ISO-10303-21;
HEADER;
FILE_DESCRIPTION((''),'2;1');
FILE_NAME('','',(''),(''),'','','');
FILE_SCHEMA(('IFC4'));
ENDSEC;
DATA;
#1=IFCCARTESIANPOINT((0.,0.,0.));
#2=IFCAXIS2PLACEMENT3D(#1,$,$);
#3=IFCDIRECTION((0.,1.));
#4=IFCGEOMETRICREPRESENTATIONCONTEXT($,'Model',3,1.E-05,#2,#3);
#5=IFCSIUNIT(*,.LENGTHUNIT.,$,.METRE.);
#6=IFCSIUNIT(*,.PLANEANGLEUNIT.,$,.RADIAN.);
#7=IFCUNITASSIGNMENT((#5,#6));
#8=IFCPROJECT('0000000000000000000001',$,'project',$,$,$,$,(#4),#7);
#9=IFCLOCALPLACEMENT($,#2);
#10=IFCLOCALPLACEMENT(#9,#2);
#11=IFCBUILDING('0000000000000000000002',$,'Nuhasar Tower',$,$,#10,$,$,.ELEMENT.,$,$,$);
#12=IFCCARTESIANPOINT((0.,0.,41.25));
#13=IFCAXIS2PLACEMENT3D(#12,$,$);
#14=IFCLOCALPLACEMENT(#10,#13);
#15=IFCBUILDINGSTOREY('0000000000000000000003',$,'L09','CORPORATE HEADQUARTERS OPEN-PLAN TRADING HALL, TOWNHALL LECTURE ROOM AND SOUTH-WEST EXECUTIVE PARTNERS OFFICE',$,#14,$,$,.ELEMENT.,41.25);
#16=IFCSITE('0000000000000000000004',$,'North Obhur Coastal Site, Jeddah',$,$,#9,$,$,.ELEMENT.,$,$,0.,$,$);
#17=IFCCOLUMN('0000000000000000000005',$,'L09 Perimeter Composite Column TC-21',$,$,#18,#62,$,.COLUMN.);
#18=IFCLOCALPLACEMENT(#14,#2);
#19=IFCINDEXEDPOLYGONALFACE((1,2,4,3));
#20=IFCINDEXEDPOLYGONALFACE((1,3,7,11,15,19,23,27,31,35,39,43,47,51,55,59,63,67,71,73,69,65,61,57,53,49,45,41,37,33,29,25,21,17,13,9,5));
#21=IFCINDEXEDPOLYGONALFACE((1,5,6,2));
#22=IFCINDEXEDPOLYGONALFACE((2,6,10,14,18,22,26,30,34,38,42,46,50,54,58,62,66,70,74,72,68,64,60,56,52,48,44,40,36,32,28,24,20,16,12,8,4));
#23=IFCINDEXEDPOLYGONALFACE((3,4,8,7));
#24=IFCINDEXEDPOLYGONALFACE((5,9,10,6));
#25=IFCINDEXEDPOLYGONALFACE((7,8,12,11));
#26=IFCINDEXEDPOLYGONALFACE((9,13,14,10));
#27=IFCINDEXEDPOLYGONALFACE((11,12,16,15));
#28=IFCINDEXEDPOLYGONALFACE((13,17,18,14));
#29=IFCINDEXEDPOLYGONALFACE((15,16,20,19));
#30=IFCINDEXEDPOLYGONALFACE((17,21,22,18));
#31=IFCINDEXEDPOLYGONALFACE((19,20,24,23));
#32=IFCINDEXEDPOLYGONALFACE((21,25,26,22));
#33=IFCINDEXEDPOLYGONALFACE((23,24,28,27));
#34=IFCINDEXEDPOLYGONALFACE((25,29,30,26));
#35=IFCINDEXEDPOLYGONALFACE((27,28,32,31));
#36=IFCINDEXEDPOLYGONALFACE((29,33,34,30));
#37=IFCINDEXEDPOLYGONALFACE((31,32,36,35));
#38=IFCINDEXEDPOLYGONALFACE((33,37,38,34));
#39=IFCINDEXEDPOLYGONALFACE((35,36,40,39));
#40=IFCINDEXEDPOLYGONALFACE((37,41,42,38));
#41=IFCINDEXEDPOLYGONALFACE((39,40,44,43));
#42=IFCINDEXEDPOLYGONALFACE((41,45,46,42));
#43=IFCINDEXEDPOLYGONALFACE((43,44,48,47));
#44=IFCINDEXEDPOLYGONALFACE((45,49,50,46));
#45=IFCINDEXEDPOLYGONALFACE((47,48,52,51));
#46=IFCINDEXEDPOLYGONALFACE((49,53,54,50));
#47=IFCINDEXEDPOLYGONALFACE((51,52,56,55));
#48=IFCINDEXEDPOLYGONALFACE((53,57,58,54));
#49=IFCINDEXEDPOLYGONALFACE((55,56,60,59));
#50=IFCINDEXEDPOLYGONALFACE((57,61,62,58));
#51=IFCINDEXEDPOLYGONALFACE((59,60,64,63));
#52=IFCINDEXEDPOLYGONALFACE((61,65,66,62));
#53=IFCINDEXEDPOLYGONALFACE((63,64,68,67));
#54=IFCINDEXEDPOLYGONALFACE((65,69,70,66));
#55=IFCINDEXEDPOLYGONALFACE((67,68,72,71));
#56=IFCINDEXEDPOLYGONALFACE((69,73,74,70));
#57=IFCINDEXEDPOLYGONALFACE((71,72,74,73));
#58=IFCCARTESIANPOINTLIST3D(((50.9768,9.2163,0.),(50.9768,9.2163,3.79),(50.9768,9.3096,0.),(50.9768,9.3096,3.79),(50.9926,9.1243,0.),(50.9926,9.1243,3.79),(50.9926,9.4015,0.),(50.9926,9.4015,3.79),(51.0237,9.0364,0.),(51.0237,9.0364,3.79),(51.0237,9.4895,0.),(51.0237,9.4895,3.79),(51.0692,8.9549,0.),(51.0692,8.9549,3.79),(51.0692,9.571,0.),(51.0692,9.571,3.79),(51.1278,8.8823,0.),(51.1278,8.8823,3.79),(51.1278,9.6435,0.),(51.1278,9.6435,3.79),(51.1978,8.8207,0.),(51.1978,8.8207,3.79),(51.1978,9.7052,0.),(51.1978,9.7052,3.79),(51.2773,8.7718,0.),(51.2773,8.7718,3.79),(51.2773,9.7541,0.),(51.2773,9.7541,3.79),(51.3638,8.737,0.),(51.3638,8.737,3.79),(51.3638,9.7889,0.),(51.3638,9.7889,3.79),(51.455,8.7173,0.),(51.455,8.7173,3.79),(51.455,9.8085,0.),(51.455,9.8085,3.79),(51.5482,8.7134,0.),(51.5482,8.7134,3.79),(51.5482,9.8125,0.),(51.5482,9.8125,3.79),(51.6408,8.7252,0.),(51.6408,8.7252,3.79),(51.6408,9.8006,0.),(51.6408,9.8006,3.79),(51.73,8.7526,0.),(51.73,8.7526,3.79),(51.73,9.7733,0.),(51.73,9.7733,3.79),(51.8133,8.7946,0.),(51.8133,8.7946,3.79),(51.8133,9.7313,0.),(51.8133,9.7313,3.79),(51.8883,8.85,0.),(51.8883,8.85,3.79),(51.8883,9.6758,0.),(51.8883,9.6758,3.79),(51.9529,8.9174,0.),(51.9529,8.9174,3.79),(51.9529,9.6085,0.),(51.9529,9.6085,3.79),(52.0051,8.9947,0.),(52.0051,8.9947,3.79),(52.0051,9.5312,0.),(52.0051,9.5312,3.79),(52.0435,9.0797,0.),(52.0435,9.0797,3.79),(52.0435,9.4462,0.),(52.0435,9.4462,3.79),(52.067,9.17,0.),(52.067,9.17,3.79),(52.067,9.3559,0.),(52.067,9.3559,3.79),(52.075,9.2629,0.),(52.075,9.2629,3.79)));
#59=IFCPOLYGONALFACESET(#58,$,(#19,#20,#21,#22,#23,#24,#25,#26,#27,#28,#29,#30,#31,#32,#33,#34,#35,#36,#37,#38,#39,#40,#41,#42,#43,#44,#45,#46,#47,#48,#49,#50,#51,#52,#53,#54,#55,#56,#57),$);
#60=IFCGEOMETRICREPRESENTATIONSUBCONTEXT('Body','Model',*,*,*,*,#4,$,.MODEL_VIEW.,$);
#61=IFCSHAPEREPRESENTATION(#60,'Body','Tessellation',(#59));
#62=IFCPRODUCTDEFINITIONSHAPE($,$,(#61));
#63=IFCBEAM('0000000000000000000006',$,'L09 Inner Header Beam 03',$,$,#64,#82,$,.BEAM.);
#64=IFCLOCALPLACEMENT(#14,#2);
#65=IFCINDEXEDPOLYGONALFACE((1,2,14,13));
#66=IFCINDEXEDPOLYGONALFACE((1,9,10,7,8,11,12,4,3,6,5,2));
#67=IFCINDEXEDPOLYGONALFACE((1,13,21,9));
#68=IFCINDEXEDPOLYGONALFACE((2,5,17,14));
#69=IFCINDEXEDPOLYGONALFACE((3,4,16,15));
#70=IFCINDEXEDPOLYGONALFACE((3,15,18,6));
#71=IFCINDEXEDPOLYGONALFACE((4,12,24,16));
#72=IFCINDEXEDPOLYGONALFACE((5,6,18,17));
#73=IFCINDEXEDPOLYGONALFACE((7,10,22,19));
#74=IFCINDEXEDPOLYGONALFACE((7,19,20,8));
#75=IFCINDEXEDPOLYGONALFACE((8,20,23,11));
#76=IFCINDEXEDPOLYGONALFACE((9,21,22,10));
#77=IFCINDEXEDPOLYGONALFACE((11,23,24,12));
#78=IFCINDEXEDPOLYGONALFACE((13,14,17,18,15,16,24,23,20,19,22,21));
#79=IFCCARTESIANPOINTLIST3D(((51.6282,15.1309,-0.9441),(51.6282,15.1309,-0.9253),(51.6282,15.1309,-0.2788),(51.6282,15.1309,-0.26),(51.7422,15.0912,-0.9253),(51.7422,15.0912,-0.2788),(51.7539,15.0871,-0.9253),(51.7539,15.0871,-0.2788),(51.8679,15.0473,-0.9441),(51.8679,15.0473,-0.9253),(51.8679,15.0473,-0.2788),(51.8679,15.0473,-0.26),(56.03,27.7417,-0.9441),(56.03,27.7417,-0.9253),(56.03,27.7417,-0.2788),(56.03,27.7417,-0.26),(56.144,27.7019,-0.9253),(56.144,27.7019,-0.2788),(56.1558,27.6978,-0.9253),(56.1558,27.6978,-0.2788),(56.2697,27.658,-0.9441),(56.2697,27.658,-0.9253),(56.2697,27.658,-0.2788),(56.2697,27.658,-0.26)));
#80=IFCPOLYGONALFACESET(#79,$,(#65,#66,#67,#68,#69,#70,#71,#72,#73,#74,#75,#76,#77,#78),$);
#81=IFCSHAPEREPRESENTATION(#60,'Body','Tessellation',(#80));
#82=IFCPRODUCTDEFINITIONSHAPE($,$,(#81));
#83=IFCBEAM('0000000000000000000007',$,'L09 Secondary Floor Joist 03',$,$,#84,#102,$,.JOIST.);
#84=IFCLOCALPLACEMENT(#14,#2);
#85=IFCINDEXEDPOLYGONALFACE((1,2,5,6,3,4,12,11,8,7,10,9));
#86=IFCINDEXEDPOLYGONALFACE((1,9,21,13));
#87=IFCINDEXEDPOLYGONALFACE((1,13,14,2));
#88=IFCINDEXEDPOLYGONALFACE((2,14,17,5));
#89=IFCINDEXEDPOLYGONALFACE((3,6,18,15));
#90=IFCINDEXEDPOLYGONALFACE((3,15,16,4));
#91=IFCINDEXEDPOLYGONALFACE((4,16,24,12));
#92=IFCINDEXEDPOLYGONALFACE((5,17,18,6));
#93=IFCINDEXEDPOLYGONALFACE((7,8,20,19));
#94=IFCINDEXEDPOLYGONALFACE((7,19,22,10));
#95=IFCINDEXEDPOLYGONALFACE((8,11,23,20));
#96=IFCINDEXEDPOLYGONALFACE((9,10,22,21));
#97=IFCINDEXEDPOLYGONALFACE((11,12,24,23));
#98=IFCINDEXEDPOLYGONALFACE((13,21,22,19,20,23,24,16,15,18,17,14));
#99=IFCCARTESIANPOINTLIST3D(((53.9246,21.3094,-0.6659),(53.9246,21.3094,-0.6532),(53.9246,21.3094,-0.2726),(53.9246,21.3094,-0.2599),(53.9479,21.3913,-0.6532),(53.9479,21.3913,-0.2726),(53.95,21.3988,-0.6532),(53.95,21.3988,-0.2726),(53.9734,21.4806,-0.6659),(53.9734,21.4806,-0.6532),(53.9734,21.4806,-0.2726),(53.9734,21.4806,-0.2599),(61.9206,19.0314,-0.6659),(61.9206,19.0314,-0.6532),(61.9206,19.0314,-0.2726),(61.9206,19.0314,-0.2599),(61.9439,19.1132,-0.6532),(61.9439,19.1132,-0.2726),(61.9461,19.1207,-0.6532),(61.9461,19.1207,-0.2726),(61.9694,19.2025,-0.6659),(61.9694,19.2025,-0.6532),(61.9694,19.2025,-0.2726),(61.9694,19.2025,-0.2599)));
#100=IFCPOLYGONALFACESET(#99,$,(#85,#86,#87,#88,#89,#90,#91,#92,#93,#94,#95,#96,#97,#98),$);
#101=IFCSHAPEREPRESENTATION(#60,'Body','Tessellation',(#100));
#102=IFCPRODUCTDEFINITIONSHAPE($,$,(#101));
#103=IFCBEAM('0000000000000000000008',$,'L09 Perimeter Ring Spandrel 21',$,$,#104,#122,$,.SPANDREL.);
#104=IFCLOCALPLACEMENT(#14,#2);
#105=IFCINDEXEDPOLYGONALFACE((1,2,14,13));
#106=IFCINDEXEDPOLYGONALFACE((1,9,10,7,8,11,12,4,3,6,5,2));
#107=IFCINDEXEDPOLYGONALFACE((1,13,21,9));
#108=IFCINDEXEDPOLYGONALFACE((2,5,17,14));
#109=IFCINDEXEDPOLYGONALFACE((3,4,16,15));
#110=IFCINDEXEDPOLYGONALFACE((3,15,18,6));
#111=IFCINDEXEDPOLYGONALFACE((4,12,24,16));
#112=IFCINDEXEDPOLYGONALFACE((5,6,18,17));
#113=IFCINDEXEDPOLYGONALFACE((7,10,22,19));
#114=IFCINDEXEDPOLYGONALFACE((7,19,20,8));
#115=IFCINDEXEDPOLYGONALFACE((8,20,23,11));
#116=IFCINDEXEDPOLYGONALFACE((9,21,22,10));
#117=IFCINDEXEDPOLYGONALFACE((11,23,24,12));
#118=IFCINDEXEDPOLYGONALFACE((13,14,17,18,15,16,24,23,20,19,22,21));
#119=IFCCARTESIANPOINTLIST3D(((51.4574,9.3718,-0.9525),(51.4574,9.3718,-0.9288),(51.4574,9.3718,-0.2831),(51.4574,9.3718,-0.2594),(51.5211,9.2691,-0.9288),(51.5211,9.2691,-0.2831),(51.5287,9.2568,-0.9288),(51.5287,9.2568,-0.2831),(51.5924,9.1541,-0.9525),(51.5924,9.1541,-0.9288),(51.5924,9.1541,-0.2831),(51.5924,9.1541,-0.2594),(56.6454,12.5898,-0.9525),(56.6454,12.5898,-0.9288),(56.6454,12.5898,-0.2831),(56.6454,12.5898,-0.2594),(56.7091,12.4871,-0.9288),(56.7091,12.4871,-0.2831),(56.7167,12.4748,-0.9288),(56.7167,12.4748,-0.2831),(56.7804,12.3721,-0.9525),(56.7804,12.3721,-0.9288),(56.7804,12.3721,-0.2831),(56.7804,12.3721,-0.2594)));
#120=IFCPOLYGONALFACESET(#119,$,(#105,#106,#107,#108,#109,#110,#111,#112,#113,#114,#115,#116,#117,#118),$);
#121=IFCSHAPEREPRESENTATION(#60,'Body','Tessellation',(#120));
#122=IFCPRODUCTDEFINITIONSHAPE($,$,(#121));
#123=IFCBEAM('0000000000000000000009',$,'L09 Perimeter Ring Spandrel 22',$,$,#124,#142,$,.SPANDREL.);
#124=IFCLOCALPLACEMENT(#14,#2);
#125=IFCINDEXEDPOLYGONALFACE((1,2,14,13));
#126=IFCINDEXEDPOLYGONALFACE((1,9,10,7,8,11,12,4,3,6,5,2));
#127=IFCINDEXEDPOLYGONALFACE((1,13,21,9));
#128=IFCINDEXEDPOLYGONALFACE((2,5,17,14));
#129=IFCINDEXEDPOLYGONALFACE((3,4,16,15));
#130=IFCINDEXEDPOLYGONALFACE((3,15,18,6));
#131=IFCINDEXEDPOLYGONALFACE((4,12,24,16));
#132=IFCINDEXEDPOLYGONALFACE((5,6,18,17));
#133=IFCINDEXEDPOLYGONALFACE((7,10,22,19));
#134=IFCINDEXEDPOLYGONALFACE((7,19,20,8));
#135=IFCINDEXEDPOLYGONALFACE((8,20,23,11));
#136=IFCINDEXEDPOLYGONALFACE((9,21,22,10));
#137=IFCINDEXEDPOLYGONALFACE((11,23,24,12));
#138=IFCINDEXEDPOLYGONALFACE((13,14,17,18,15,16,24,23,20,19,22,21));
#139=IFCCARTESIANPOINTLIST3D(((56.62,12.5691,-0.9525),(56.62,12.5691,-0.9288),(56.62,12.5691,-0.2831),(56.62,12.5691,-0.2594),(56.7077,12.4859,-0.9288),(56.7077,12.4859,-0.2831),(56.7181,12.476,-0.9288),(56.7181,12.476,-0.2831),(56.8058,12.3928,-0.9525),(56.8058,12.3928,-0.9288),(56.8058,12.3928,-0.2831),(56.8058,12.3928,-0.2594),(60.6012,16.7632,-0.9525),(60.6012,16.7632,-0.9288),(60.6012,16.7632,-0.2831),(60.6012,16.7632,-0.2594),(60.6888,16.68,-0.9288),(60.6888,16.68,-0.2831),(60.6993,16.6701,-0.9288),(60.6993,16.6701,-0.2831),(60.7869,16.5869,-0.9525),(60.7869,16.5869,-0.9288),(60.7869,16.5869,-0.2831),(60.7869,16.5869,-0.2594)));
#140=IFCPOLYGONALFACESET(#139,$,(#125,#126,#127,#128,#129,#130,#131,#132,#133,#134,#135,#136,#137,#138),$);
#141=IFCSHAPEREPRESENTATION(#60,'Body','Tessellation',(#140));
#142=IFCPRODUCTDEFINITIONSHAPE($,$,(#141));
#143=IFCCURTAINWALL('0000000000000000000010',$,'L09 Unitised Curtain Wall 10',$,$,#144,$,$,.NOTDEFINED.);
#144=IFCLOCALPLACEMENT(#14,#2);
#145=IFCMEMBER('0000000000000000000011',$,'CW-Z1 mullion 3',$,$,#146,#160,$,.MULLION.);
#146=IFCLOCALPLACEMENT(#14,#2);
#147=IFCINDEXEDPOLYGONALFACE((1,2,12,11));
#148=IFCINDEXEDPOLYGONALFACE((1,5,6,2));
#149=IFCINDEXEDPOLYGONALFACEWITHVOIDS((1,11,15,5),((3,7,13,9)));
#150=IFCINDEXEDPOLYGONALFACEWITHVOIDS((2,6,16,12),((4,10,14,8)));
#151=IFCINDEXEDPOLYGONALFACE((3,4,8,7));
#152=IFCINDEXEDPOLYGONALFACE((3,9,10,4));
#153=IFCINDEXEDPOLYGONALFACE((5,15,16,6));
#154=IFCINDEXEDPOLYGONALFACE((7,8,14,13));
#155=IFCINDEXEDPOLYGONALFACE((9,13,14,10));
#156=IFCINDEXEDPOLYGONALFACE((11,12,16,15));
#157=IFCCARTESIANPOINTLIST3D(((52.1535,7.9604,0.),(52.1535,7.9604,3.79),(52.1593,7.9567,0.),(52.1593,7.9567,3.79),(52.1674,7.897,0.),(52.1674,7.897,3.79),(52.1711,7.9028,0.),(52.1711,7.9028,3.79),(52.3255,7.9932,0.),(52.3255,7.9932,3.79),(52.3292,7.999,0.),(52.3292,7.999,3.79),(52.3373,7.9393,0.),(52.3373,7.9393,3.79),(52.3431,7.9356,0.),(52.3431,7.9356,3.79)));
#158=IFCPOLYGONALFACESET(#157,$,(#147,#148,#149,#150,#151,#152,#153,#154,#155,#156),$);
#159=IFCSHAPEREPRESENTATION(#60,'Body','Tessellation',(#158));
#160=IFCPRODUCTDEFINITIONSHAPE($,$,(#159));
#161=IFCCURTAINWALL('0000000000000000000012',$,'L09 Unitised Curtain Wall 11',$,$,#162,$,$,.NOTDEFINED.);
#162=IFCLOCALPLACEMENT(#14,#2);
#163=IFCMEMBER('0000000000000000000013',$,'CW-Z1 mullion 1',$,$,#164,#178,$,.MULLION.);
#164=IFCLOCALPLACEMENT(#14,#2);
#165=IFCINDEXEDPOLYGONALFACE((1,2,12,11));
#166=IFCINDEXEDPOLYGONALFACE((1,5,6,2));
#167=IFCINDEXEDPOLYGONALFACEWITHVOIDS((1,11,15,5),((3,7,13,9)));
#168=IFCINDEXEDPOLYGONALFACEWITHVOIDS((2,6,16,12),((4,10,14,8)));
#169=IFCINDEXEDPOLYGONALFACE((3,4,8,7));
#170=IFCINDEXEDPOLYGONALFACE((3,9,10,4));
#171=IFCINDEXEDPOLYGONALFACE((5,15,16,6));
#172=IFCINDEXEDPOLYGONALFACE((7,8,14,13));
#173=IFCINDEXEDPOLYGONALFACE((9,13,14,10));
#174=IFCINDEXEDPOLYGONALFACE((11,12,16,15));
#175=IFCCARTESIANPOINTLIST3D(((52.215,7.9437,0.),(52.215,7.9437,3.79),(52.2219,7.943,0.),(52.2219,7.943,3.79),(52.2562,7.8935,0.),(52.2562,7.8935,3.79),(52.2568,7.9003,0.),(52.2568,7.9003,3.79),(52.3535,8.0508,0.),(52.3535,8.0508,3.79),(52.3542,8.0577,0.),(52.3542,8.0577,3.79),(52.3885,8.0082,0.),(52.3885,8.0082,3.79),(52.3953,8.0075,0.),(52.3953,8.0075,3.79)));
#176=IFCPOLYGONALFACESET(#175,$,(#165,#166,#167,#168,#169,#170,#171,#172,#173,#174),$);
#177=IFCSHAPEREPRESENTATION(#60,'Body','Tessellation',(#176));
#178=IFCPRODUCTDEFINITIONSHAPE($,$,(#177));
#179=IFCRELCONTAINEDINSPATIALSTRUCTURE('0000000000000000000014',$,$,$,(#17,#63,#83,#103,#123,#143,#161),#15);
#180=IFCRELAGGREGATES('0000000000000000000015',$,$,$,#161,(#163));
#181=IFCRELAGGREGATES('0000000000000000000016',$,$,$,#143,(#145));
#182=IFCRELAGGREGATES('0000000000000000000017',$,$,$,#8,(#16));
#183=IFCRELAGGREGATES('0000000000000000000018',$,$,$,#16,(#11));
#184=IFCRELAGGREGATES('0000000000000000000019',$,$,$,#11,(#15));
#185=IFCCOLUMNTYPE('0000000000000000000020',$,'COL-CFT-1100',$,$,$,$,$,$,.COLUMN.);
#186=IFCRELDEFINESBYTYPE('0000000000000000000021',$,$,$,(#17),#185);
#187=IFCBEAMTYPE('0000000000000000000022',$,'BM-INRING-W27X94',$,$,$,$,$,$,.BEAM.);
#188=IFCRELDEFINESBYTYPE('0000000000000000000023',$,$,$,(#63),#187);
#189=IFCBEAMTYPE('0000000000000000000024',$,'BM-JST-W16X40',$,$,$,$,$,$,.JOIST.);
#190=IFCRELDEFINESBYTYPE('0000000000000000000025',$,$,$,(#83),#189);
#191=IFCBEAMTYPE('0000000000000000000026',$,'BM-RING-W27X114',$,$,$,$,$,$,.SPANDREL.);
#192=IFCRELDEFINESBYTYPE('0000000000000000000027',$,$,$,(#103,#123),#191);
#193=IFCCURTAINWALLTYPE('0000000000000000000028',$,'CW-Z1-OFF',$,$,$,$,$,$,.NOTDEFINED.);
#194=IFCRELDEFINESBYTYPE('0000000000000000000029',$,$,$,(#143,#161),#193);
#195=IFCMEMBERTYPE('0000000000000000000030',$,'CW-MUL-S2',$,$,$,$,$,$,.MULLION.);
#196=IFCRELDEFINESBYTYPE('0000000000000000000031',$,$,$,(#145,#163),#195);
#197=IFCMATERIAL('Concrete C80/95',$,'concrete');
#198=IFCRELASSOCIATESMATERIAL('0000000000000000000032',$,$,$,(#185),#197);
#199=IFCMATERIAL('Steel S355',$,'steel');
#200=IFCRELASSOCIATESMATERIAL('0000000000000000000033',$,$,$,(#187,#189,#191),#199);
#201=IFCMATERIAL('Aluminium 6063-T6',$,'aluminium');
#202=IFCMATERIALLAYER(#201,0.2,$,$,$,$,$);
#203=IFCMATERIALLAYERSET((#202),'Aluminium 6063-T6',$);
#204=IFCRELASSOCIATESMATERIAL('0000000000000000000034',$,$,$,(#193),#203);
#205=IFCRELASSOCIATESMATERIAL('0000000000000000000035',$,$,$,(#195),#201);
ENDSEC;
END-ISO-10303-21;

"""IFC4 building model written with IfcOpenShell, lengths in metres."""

from ifc_helpers import new_model, si_unit, direction, frame, origin, origin_2d, place, context, subcontext, project, spatial, hollow_rectangle, circle, i_section, extrude, material, layer, layer_set, material_profile, profile_set, type_object, element, aggregate, save


model = new_model("IFC4")

# Units and contexts
model_context = context("Model", 3, precision=1e-05, world=origin(), true_north=direction((0.0, 1.0)))
body_context = subcontext(model_context, "Body", "Model", "MODEL_VIEW")
ifc_project = project(units=[si_unit("LENGTHUNIT", "METRE"), si_unit("PLANEANGLEUNIT", "RADIAN")], contexts=[model_context])

# Site, building, storey
site_placement = place(None, origin())
site = spatial("IfcSite", under=ifc_project, at=site_placement, Name="North Obhur Coastal Site, Jeddah", CompositionType="ELEMENT", RefElevation=0.0)
building_placement = place(site_placement, origin())
building = spatial("IfcBuilding", under=site, at=building_placement, Name="Nuhasar Tower", CompositionType="ELEMENT")
storey_placement = place(building_placement, frame((0.0, 0.0, 41.25)))
storey = spatial("IfcBuildingStorey", under=building, at=storey_placement, Name="L09", Description="CORPORATE HEADQUARTERS OPEN-PLAN TRADING HALL, TOWNHALL LECTURE ROOM AND SOUTH-WEST EXECUTIVE PARTNERS OFFICE", CompositionType="ELEMENT", Elevation=41.25)

# Column
ifc_material_1 = material(Name="Concrete C80/95", Category="concrete")
ifc_material_profile_1 = material_profile(ifc_material_1, circle(Radius=0.55, at=origin_2d()), Name="CFT1100")
ifc_profile_set_1 = profile_set([ifc_material_profile_1], Name="Concrete C80/95")
column_type = type_object("IfcColumnType", Name="COL-CFT-1100", PredefinedType="COLUMN", material=ifc_profile_set_1)
column_placement = place(storey_placement, frame((51.5249, 9.2629, 0.0), z_axis=(0.0, 0.0, 1.0), x_axis=(1.0, 0.0, 0.0)))
element("IfcColumn", 1, at=column_placement, inside=storey, type_object=column_type, Name="L09 Perimeter Composite Column TC-21", PredefinedType="COLUMN", context=body_context, shape_type="SweptSolid", body=[
    extrude(circle(Radius=0.55, at=origin_2d()), origin(), (0.0, 0.0, 1.0), 3.79),
])

# Beams
ifc_material_2 = material(Name="Steel S355", Category="steel")
ifc_material_profile_2 = material_profile(ifc_material_2, i_section(OverallWidth=0.2539, OverallDepth=0.6841, WebThickness=0.0125, FlangeThickness=0.0188, at=origin_2d()), Name="W27X94")
ifc_profile_set_2 = profile_set([ifc_material_profile_2], Name="Steel S355")
beam_type_1 = type_object("IfcBeamType", Name="BM-INRING-W27X94", PredefinedType="BEAM", material=ifc_profile_set_2)
beam_1_placement = place(storey_placement, frame((51.748, 15.0891, -0.6021), z_axis=(0.329554, 0.944137, 0.0), x_axis=(-0.944137, 0.329554, 0.0)))
element("IfcBeam", 2, at=beam_1_placement, inside=storey, type_object=beam_type_1, Name="L09 Inner Header Beam 03", PredefinedType="BEAM", context=body_context, shape_type="SweptSolid", body=[
    extrude(i_section(OverallWidth=0.2539, OverallDepth=0.6841, WebThickness=0.0125, FlangeThickness=0.0188, at=origin_2d()), origin(), (0.0, 0.0, 1.0), 13.3569),
])
ifc_material_profile_3 = material_profile(ifc_material_2, i_section(OverallWidth=0.178, OverallDepth=0.406, WebThickness=0.0078, FlangeThickness=0.0127, at=origin_2d()), Name="W16X40")
ifc_profile_set_3 = profile_set([ifc_material_profile_3], Name="Steel S355")
beam_type_2 = type_object("IfcBeamType", Name="BM-JST-W16X40", PredefinedType="JOIST", material=ifc_profile_set_3)
beam_2_placement = place(storey_placement, frame((53.949, 21.395, -0.4629), z_axis=(0.961731, -0.273996, 0.0), x_axis=(0.273996, 0.961731, 0.0)))
element("IfcBeam", 3, at=beam_2_placement, inside=storey, type_object=beam_type_2, Name="L09 Secondary Floor Joist 03", PredefinedType="JOIST", context=body_context, shape_type="SweptSolid", body=[
    extrude(i_section(OverallWidth=0.178, OverallDepth=0.406, WebThickness=0.0078, FlangeThickness=0.0127, at=origin_2d()), origin(), (0.0, 0.0, 1.0), 8.3142),
])
ifc_material_profile_4 = material_profile(ifc_material_2, i_section(OverallWidth=0.2561, OverallDepth=0.6931, WebThickness=0.0144, FlangeThickness=0.0237, at=origin_2d()), Name="W27X114")
ifc_profile_set_4 = profile_set([ifc_material_profile_4], Name="Steel S355")
beam_type_3 = type_object("IfcBeamType", Name="BM-RING-W27X114", PredefinedType="SPANDREL", material=ifc_profile_set_4)
beam_3_placement = place(storey_placement, frame((51.5249, 9.2629, -0.606), z_axis=(0.849795, 0.527113, 0.0), x_axis=(-0.527113, 0.849795, 0.0)))
element("IfcBeam", 4, at=beam_3_placement, inside=storey, type_object=beam_type_3, Name="L09 Perimeter Ring Spandrel 21", PredefinedType="SPANDREL", context=body_context, shape_type="SweptSolid", body=[
    extrude(i_section(OverallWidth=0.2561, OverallDepth=0.6931, WebThickness=0.0144, FlangeThickness=0.0237, at=origin_2d()), origin(), (0.0, 0.0, 1.0), 6.105),
])
beam_4_placement = place(storey_placement, frame((56.7129, 12.481, -0.606), z_axis=(0.68846, 0.725274, 0.0), x_axis=(-0.725274, 0.68846, 0.0)))
element("IfcBeam", 5, at=beam_4_placement, inside=storey, type_object=beam_type_3, Name="L09 Perimeter Ring Spandrel 22", PredefinedType="SPANDREL", context=body_context, shape_type="SweptSolid", body=[
    extrude(i_section(OverallWidth=0.2561, OverallDepth=0.6931, WebThickness=0.0144, FlangeThickness=0.0237, at=origin_2d()), origin(), (0.0, 0.0, 1.0), 5.7827),
])

# Curtain wall, member
ifc_material_3 = material(Name="Aluminium 6063-T6", Category="aluminium")
ifc_layer_1 = layer(ifc_material_3, 0.2)
ifc_layer_set_1 = layer_set([ifc_layer_1], Name="Aluminium 6063-T6")
curtain_wall_type = type_object("IfcCurtainWallType", Name="CW-Z1-OFF", PredefinedType="NOTDEFINED", material=ifc_layer_set_1)
curtain_wall_1_placement = place(storey_placement, origin())
curtain_wall_1 = element("IfcCurtainWall", 6, at=curtain_wall_1_placement, inside=storey, type_object=curtain_wall_type, Name="L09 Unitised Curtain Wall 10", PredefinedType="NOTDEFINED")
ifc_material_profile_5 = material_profile(ifc_material_3, hollow_rectangle(XDim=0.0649, YDim=0.1799, WallThickness=0.0049, at=origin_2d()), Name="CWM-2")
ifc_profile_set_5 = profile_set([ifc_material_profile_5], Name="Aluminium 6063-T6")
member_type_1 = type_object("IfcMemberType", Name="CW-MUL-S2", PredefinedType="MULLION", material=ifc_profile_set_5)
member_1_placement = place(storey_placement, frame((52.2483, 7.948, 0.0), z_axis=(0.0, 0.0, 1.0), x_axis=(-0.214399, 0.976746, 0.0)))
member_1 = element("IfcMember", 7, at=member_1_placement, type_object=member_type_1, Name="CW-Z1 mullion 3", PredefinedType="MULLION", context=body_context, shape_type="SweptSolid", body=[
    extrude(hollow_rectangle(XDim=0.0649, YDim=0.1799, WallThickness=0.0049, at=origin_2d()), origin(), (0.0, 0.0, 1.0), 3.79),
])

# Curtain wall, member
curtain_wall_2_placement = place(storey_placement, origin())
curtain_wall_2 = element("IfcCurtainWall", 8, at=curtain_wall_2_placement, inside=storey, type_object=curtain_wall_type, Name="L09 Unitised Curtain Wall 11", PredefinedType="NOTDEFINED")
member_2_placement = place(storey_placement, frame((52.3052, 7.9756, 0.0), z_axis=(0.0, 0.0, 1.0), x_axis=(-0.633745, 0.773542, 0.0)))
member_2 = element("IfcMember", 9, at=member_2_placement, type_object=member_type_1, Name="CW-Z1 mullion 1", PredefinedType="MULLION", context=body_context, shape_type="SweptSolid", body=[
    extrude(hollow_rectangle(XDim=0.0649, YDim=0.1799, WallThickness=0.0049, at=origin_2d()), origin(), (0.0, 0.0, 1.0), 3.79),
])
aggregate(curtain_wall_2, [member_2])

aggregate(curtain_wall_1, [member_1])

save(model, "model.ifc")
